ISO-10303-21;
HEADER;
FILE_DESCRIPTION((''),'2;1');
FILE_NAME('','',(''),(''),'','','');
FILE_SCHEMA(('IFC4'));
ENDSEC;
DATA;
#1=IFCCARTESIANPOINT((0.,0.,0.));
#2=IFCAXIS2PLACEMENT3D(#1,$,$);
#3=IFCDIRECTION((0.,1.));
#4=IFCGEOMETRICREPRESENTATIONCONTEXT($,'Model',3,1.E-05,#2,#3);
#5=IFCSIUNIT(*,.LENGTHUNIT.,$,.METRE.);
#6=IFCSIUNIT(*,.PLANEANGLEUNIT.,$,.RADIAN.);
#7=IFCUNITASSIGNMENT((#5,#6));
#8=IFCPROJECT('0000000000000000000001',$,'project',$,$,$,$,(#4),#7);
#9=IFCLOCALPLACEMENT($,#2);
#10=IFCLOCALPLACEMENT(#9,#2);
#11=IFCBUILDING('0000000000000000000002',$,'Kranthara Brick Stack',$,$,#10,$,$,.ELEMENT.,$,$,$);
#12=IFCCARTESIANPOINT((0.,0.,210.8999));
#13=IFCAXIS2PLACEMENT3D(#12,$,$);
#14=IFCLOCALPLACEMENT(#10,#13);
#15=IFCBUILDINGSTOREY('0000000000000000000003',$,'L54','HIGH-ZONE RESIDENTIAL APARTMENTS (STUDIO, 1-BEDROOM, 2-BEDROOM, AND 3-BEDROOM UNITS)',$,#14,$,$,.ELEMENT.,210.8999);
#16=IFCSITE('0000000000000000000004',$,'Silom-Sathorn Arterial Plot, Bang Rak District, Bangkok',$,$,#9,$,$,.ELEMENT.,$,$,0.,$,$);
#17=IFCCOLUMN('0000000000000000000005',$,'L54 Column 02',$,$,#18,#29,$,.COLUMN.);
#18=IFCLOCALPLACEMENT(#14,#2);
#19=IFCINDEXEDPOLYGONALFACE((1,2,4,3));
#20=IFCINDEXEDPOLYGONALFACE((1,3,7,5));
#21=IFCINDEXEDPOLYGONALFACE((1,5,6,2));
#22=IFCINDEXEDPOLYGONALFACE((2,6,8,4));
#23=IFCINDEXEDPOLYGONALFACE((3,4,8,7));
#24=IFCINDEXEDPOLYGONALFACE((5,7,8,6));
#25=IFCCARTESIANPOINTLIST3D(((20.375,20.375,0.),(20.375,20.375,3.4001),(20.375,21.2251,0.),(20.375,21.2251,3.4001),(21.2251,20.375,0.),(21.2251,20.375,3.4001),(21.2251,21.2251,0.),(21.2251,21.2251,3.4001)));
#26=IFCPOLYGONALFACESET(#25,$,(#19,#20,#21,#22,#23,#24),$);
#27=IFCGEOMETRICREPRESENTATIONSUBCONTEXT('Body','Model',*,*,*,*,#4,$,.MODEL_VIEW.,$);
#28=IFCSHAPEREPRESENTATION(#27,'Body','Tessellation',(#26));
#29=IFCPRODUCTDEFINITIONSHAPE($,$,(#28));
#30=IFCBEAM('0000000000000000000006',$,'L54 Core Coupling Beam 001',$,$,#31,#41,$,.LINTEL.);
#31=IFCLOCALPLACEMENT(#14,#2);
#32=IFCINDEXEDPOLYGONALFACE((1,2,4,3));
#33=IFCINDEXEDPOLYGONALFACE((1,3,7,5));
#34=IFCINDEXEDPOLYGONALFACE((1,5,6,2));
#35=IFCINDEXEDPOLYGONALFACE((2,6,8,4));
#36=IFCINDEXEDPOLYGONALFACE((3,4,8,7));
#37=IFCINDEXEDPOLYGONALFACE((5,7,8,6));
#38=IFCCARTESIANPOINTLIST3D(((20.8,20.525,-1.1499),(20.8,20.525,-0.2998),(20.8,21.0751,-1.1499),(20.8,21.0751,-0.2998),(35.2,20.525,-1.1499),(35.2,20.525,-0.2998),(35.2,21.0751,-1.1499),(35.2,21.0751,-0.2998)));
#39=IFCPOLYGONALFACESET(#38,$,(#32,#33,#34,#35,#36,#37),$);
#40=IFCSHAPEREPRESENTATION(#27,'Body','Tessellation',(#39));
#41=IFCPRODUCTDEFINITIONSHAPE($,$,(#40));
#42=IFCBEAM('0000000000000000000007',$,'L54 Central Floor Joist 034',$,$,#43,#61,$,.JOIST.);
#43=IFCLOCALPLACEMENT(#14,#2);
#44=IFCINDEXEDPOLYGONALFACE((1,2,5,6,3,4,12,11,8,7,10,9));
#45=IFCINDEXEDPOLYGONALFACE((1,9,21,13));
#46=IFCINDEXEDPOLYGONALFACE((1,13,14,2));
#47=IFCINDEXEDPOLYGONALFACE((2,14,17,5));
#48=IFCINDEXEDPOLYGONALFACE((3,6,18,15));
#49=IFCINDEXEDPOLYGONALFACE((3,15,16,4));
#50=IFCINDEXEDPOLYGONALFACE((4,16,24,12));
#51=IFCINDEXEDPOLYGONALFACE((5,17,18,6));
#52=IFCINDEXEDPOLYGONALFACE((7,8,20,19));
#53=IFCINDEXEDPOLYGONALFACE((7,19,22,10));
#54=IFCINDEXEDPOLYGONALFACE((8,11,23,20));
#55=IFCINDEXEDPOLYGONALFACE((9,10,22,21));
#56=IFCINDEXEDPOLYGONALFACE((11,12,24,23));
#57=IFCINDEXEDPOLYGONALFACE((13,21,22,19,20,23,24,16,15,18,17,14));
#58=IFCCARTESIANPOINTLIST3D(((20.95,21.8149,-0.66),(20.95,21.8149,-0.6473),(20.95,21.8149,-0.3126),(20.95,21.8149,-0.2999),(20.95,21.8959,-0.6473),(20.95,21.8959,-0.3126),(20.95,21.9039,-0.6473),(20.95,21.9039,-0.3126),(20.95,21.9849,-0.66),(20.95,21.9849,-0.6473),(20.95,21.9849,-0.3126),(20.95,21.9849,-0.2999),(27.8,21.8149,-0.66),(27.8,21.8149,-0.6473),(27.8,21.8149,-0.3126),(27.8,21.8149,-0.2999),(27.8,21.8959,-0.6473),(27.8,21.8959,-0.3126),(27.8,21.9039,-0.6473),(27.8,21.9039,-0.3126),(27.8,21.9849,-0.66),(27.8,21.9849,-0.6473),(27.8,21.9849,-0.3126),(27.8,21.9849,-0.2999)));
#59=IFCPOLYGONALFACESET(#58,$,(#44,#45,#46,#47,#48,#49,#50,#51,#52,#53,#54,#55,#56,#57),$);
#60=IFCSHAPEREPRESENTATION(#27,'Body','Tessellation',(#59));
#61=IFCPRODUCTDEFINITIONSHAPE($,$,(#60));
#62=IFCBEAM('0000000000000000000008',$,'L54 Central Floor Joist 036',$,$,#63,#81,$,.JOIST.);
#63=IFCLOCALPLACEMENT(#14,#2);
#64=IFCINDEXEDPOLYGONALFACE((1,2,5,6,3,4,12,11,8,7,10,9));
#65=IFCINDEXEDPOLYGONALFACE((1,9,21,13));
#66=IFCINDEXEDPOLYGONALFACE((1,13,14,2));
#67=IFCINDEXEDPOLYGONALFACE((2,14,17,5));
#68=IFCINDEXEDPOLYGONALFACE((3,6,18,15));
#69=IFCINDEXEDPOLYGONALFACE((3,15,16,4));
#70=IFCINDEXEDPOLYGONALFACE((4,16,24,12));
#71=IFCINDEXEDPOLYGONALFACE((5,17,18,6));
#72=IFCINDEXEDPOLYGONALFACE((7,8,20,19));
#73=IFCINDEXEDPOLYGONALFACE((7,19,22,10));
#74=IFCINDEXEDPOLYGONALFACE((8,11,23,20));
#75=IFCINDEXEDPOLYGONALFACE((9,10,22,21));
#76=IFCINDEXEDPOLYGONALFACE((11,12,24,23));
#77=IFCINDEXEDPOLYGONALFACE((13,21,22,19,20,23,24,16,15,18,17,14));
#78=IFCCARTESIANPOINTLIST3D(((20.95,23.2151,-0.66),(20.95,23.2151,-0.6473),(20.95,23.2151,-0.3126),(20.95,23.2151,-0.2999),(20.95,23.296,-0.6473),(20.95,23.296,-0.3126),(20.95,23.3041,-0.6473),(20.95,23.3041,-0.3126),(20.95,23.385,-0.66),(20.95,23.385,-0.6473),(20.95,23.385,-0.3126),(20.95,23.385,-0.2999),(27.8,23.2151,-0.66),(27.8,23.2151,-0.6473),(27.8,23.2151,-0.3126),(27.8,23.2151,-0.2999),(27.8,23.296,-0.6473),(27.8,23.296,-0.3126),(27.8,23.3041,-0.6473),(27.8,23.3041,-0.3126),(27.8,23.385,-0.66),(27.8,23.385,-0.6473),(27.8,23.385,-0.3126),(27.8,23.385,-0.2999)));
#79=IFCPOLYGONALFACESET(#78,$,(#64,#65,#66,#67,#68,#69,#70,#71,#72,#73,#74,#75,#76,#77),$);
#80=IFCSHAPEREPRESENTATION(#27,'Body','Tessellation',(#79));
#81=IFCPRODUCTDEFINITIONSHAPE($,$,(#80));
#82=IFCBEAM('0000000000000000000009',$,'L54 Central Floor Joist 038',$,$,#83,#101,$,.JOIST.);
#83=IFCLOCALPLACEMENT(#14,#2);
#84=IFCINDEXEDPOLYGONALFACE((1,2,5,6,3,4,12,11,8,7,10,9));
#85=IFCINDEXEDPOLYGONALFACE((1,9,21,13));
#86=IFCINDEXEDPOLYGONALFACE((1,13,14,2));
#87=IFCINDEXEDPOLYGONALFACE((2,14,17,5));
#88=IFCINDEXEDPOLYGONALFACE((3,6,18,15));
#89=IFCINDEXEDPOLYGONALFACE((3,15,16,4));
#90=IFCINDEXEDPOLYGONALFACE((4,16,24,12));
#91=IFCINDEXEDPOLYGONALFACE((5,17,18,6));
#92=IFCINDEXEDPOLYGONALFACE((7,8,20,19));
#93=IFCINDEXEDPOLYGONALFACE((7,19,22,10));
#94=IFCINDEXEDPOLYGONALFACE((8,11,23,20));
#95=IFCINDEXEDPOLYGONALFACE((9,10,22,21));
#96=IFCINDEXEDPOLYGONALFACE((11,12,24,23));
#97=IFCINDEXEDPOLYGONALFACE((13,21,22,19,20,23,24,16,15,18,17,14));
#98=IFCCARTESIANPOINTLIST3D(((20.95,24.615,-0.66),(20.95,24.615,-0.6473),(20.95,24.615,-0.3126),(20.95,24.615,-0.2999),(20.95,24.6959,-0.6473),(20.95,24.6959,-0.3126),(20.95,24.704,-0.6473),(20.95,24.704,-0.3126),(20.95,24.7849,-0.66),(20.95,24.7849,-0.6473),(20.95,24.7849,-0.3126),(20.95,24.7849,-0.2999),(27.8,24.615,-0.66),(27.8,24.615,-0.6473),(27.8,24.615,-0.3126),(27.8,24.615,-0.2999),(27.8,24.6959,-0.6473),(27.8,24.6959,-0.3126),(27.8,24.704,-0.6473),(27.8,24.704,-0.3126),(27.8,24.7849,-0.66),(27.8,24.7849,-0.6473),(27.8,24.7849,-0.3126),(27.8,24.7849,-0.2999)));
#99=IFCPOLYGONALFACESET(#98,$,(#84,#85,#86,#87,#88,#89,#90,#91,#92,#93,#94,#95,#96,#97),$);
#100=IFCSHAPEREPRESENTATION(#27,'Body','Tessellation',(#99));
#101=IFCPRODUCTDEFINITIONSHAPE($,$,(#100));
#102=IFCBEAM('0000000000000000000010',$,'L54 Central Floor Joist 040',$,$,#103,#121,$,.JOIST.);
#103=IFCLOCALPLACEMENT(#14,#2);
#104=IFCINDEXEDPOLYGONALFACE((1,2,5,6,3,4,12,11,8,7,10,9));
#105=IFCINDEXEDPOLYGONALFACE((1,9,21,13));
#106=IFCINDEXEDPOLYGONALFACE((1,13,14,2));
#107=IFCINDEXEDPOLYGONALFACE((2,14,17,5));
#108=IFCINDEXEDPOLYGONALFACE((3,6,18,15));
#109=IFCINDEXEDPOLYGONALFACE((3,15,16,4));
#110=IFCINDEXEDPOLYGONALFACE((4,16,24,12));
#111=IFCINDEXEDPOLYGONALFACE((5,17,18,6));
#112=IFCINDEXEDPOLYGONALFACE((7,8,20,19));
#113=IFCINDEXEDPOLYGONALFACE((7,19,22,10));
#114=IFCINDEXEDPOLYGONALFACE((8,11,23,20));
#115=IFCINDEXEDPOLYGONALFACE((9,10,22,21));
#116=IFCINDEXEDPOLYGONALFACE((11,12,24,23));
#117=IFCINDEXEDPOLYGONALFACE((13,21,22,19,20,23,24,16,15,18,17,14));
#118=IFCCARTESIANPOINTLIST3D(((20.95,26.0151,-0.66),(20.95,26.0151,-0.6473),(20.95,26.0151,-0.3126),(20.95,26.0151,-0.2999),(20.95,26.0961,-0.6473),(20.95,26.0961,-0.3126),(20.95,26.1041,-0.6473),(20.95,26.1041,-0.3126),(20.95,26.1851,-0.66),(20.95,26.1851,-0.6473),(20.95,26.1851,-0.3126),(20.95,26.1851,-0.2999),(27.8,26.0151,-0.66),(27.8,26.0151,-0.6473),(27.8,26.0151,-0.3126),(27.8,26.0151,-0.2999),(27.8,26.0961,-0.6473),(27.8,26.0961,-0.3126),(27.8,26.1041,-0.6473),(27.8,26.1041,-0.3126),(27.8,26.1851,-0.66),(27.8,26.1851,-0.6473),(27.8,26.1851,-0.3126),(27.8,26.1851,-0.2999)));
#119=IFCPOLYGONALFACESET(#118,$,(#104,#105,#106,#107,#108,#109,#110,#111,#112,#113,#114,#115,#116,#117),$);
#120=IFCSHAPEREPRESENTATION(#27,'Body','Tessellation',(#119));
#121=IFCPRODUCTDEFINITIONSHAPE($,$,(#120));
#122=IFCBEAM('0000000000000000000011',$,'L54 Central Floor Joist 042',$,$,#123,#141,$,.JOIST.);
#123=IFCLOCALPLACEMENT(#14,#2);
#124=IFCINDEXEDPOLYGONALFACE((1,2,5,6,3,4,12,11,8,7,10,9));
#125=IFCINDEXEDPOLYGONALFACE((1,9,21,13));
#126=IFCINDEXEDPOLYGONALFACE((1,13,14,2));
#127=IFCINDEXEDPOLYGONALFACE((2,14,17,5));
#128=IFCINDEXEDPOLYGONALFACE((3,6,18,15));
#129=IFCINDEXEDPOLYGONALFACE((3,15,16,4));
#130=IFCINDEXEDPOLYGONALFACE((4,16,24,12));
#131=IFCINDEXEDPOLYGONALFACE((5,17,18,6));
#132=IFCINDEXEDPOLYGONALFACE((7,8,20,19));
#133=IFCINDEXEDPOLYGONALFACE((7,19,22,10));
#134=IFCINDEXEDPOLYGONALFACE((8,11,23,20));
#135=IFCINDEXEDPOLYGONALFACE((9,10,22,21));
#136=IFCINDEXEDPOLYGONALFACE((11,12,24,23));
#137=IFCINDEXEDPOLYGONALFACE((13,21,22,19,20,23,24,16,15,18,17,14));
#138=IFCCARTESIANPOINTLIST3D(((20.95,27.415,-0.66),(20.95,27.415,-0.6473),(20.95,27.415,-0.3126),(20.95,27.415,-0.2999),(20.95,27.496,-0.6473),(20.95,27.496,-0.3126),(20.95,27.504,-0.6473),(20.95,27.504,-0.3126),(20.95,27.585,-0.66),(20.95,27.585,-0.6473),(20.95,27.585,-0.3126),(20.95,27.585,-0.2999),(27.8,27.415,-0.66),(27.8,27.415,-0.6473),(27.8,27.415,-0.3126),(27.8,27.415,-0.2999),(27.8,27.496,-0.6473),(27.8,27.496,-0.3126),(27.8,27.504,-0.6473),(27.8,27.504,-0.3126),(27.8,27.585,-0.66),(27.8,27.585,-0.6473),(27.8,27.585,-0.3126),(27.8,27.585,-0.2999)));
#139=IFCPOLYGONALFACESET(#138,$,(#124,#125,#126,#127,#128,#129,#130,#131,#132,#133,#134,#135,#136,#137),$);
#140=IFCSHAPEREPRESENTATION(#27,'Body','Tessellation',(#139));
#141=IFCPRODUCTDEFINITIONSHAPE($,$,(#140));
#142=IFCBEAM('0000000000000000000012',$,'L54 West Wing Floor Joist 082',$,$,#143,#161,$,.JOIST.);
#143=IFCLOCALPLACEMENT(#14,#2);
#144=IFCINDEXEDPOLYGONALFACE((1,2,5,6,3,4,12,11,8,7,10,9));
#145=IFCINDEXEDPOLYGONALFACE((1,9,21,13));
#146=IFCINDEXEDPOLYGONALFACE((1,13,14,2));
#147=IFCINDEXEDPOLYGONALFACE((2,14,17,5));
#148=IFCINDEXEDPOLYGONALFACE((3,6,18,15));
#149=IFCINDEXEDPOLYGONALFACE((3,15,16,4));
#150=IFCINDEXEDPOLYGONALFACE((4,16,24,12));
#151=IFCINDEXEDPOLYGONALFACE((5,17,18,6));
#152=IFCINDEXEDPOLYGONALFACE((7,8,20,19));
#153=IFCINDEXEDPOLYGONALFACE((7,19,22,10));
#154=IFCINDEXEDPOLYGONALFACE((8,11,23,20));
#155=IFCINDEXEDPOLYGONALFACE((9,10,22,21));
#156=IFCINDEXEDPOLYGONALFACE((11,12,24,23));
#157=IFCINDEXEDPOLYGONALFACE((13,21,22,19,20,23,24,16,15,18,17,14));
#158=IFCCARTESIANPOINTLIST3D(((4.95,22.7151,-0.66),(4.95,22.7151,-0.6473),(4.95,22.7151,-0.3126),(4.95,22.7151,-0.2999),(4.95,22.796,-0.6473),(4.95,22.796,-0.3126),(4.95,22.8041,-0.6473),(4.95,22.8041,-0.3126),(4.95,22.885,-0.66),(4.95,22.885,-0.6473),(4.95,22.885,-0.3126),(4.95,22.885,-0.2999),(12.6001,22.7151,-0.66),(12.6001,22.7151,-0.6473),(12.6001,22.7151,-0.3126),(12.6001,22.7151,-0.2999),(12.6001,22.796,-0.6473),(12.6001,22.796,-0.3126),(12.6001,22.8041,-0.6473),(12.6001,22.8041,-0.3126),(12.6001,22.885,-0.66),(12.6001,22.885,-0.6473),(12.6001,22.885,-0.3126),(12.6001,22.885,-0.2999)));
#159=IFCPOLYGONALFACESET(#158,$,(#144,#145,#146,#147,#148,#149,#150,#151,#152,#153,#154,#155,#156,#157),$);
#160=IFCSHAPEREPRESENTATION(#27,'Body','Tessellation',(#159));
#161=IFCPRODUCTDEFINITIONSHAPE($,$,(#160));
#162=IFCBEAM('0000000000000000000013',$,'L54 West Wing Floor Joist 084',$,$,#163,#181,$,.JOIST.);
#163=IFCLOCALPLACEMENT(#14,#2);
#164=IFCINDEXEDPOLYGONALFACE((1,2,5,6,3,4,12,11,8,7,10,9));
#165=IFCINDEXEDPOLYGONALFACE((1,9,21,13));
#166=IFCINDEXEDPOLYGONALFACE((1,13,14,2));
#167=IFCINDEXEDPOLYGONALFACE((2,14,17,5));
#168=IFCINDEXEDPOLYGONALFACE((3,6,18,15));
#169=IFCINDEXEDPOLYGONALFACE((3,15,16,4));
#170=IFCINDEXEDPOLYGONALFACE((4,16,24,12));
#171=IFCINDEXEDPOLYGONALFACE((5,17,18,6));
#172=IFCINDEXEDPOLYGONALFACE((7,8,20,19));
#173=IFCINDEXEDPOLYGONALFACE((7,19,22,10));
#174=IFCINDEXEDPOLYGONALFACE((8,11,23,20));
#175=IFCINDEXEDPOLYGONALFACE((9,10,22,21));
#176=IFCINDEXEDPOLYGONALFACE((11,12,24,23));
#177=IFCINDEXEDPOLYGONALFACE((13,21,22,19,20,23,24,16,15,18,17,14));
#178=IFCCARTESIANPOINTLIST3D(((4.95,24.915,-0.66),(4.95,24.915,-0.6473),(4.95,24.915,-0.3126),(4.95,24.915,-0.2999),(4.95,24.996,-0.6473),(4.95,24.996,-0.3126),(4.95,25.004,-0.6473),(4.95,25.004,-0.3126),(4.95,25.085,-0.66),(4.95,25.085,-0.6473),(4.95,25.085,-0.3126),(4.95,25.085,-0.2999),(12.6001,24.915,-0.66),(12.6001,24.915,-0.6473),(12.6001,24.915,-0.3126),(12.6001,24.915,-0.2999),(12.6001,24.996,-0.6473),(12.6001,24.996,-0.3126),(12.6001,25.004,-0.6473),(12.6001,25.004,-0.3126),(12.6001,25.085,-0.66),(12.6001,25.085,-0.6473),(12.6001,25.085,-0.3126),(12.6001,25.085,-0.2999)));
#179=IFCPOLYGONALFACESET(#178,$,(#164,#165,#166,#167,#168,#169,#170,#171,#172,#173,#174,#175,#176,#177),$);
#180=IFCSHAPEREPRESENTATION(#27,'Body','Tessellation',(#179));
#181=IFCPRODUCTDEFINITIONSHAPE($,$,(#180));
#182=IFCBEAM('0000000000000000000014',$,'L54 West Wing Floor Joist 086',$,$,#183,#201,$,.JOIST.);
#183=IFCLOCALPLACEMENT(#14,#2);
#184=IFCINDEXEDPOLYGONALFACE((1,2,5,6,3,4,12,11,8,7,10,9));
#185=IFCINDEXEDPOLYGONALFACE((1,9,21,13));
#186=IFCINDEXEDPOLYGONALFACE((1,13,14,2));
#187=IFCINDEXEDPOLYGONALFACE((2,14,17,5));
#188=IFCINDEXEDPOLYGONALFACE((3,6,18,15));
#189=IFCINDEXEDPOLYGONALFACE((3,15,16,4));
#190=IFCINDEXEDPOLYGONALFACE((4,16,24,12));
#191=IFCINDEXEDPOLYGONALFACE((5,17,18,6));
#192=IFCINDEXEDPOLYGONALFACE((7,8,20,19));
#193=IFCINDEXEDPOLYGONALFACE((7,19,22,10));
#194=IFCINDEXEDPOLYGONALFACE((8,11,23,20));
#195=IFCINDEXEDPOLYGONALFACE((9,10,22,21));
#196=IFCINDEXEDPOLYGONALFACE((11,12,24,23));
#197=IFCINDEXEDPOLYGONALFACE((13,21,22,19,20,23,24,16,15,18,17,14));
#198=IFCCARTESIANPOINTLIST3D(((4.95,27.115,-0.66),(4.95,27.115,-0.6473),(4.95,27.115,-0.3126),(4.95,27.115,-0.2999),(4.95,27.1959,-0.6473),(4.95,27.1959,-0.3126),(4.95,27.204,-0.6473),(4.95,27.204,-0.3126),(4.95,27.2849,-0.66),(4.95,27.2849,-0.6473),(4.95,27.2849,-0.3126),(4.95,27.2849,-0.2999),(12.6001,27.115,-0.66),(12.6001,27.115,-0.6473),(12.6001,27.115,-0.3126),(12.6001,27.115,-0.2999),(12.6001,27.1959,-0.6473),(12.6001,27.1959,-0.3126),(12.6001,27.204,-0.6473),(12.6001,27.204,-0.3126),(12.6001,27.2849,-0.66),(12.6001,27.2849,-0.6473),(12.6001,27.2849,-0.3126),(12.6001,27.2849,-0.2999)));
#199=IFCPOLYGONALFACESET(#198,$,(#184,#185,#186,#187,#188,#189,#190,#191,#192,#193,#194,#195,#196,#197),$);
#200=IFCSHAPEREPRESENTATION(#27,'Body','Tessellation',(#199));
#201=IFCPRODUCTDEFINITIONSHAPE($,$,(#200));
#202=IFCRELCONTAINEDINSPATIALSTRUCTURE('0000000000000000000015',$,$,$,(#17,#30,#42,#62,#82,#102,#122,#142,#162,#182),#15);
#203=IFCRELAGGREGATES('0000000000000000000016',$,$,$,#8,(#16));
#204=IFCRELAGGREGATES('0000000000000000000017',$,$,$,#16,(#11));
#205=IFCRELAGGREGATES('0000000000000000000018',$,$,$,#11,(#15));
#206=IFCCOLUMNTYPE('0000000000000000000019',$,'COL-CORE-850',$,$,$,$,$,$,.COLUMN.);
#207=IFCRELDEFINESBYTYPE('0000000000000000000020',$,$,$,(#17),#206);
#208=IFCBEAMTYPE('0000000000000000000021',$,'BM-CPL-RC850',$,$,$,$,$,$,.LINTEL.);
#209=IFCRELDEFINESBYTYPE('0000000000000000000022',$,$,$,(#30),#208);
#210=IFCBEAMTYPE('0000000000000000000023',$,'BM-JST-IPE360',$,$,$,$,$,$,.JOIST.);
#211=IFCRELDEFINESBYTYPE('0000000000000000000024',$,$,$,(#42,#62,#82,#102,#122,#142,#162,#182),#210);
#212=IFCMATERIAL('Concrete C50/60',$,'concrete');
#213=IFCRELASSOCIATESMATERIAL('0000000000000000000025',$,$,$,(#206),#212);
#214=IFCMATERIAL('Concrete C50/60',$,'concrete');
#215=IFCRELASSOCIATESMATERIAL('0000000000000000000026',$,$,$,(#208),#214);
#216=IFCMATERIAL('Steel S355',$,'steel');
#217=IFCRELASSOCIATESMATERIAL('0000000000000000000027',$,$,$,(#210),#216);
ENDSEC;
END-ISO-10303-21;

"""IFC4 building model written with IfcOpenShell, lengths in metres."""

from ifc_helpers import new_model, si_unit, direction, frame, origin, origin_2d, place, context, subcontext, project, spatial, rectangle, i_section, extrude, material, material_profile, profile_set, type_object, element, save


model = new_model("IFC4")

# Units and contexts
model_context = context("Model", 3, precision=1e-05, world=origin(), true_north=direction((0.0, 1.0)))
body_context = subcontext(model_context, "Body", "Model", "MODEL_VIEW")
ifc_project = project(units=[si_unit("LENGTHUNIT", "METRE"), si_unit("PLANEANGLEUNIT", "RADIAN")], contexts=[model_context])

# Site, building, storey
site_placement = place(None, origin())
site = spatial("IfcSite", under=ifc_project, at=site_placement, Name="Silom-Sathorn Arterial Plot, Bang Rak District, Bangkok", CompositionType="ELEMENT", RefElevation=0.0)
building_placement = place(site_placement, origin())
building = spatial("IfcBuilding", under=site, at=building_placement, Name="Kranthara Brick Stack", CompositionType="ELEMENT")
storey_placement = place(building_placement, frame((0.0, 0.0, 210.8999)))
storey = spatial("IfcBuildingStorey", under=building, at=storey_placement, Name="L54", Description="HIGH-ZONE RESIDENTIAL APARTMENTS (STUDIO, 1-BEDROOM, 2-BEDROOM, AND 3-BEDROOM UNITS)", CompositionType="ELEMENT", Elevation=210.8999)

# Column
ifc_material_1 = material(Name="Concrete C50/60", Category="concrete")
ifc_material_profile_1 = material_profile(ifc_material_1, rectangle(XDim=0.8501, YDim=0.8501, at=origin_2d()), Name="RC 850x850")
ifc_profile_set_1 = profile_set([ifc_material_profile_1], Name="Concrete C50/60")
column_type = type_object("IfcColumnType", Name="COL-CORE-850", PredefinedType="COLUMN", material=ifc_profile_set_1)
column_placement = place(storey_placement, frame((20.8, 20.8, 0.0), z_axis=(0.0, 0.0, 1.0), x_axis=(1.0, 0.0, 0.0)))
element("IfcColumn", 1, at=column_placement, inside=storey, type_object=column_type, Name="L54 Column 02", PredefinedType="COLUMN", context=body_context, shape_type="SweptSolid", body=[
    extrude(rectangle(XDim=0.8501, YDim=0.8501, at=origin_2d()), origin(), (0.0, 0.0, 1.0), 3.4001),
])

# Beams
ifc_material_2 = material(Name="Concrete C50/60", Category="concrete")
ifc_material_profile_2 = material_profile(ifc_material_2, rectangle(XDim=0.55, YDim=0.8501, at=origin_2d()), Name="RC 550x850")
ifc_profile_set_2 = profile_set([ifc_material_profile_2], Name="Concrete C50/60")
beam_type_1 = type_object("IfcBeamType", Name="BM-CPL-RC850", PredefinedType="LINTEL", material=ifc_profile_set_2)
beam_1_placement = place(storey_placement, frame((20.8, 20.8, -0.7249), z_axis=(1.0, 0.0, 0.0), x_axis=(0.0, 1.0, 0.0)))
element("IfcBeam", 2, at=beam_1_placement, inside=storey, type_object=beam_type_1, Name="L54 Core Coupling Beam 001", PredefinedType="LINTEL", context=body_context, shape_type="SweptSolid", body=[
    extrude(rectangle(XDim=0.55, YDim=0.8501, at=origin_2d()), origin(), (0.0, 0.0, 1.0), 14.3999),
])
ifc_material_3 = material(Name="Steel S355", Category="steel")
ifc_material_profile_3 = material_profile(ifc_material_3, i_section(OverallWidth=0.1699, OverallDepth=0.3601, WebThickness=0.0081, FlangeThickness=0.0127, at=origin_2d()), Name="IPE 360")
ifc_profile_set_3 = profile_set([ifc_material_profile_3], Name="Steel S355")
beam_type_2 = type_object("IfcBeamType", Name="BM-JST-IPE360", PredefinedType="JOIST", material=ifc_profile_set_3)
for number, where, z_axis, x_axis, name in (
    (3, (20.95, 21.8999, -0.48), (1.0, 0.0, 0.0), (0.0, 1.0, 0.0), "L54 Central Floor Joist 034"),
    (4, (20.95, 23.3, -0.48), (1.0, 0.0, 0.0), (0.0, 1.0, 0.0), "L54 Central Floor Joist 036"),
    (5, (20.95, 24.7, -0.48), (1.0, 0.0, 0.0), (0.0, 1.0, 0.0), "L54 Central Floor Joist 038"),
    (6, (20.95, 26.1001, -0.48), (1.0, 0.0, 0.0), (0.0, 1.0, 0.0), "L54 Central Floor Joist 040"),
    (7, (20.95, 27.5, -0.48), (1.0, 0.0, 0.0), (0.0, 1.0, 0.0), "L54 Central Floor Joist 042"),
):
    element("IfcBeam", number, at=place(storey_placement, frame(where, z_axis=z_axis, x_axis=x_axis)), inside=storey, type_object=beam_type_2, Name=name, PredefinedType="JOIST", context=body_context, shape_type="SweptSolid", body=[
        extrude(i_section(OverallWidth=0.1699, OverallDepth=0.3601, WebThickness=0.0081, FlangeThickness=0.0127, at=origin_2d()), origin(), (0.0, 0.0, 1.0), 6.8501),
    ])
for number, where, z_axis, x_axis, name in (
    (8, (4.95, 22.8, -0.48), (1.0, 0.0, 0.0), (0.0, 1.0, 0.0), "L54 West Wing Floor Joist 082"),
    (9, (4.95, 25.0, -0.48), (1.0, 0.0, 0.0), (0.0, 1.0, 0.0), "L54 West Wing Floor Joist 084"),
    (10, (4.95, 27.2, -0.48), (1.0, 0.0, 0.0), (0.0, 1.0, 0.0), "L54 West Wing Floor Joist 086"),
):
    element("IfcBeam", number, at=place(storey_placement, frame(where, z_axis=z_axis, x_axis=x_axis)), inside=storey, type_object=beam_type_2, Name=name, PredefinedType="JOIST", context=body_context, shape_type="SweptSolid", body=[
        extrude(i_section(OverallWidth=0.1699, OverallDepth=0.3601, WebThickness=0.0081, FlangeThickness=0.0127, at=origin_2d()), origin(), (0.0, 0.0, 1.0), 7.6501),
    ])

save(model, "model.ifc")
